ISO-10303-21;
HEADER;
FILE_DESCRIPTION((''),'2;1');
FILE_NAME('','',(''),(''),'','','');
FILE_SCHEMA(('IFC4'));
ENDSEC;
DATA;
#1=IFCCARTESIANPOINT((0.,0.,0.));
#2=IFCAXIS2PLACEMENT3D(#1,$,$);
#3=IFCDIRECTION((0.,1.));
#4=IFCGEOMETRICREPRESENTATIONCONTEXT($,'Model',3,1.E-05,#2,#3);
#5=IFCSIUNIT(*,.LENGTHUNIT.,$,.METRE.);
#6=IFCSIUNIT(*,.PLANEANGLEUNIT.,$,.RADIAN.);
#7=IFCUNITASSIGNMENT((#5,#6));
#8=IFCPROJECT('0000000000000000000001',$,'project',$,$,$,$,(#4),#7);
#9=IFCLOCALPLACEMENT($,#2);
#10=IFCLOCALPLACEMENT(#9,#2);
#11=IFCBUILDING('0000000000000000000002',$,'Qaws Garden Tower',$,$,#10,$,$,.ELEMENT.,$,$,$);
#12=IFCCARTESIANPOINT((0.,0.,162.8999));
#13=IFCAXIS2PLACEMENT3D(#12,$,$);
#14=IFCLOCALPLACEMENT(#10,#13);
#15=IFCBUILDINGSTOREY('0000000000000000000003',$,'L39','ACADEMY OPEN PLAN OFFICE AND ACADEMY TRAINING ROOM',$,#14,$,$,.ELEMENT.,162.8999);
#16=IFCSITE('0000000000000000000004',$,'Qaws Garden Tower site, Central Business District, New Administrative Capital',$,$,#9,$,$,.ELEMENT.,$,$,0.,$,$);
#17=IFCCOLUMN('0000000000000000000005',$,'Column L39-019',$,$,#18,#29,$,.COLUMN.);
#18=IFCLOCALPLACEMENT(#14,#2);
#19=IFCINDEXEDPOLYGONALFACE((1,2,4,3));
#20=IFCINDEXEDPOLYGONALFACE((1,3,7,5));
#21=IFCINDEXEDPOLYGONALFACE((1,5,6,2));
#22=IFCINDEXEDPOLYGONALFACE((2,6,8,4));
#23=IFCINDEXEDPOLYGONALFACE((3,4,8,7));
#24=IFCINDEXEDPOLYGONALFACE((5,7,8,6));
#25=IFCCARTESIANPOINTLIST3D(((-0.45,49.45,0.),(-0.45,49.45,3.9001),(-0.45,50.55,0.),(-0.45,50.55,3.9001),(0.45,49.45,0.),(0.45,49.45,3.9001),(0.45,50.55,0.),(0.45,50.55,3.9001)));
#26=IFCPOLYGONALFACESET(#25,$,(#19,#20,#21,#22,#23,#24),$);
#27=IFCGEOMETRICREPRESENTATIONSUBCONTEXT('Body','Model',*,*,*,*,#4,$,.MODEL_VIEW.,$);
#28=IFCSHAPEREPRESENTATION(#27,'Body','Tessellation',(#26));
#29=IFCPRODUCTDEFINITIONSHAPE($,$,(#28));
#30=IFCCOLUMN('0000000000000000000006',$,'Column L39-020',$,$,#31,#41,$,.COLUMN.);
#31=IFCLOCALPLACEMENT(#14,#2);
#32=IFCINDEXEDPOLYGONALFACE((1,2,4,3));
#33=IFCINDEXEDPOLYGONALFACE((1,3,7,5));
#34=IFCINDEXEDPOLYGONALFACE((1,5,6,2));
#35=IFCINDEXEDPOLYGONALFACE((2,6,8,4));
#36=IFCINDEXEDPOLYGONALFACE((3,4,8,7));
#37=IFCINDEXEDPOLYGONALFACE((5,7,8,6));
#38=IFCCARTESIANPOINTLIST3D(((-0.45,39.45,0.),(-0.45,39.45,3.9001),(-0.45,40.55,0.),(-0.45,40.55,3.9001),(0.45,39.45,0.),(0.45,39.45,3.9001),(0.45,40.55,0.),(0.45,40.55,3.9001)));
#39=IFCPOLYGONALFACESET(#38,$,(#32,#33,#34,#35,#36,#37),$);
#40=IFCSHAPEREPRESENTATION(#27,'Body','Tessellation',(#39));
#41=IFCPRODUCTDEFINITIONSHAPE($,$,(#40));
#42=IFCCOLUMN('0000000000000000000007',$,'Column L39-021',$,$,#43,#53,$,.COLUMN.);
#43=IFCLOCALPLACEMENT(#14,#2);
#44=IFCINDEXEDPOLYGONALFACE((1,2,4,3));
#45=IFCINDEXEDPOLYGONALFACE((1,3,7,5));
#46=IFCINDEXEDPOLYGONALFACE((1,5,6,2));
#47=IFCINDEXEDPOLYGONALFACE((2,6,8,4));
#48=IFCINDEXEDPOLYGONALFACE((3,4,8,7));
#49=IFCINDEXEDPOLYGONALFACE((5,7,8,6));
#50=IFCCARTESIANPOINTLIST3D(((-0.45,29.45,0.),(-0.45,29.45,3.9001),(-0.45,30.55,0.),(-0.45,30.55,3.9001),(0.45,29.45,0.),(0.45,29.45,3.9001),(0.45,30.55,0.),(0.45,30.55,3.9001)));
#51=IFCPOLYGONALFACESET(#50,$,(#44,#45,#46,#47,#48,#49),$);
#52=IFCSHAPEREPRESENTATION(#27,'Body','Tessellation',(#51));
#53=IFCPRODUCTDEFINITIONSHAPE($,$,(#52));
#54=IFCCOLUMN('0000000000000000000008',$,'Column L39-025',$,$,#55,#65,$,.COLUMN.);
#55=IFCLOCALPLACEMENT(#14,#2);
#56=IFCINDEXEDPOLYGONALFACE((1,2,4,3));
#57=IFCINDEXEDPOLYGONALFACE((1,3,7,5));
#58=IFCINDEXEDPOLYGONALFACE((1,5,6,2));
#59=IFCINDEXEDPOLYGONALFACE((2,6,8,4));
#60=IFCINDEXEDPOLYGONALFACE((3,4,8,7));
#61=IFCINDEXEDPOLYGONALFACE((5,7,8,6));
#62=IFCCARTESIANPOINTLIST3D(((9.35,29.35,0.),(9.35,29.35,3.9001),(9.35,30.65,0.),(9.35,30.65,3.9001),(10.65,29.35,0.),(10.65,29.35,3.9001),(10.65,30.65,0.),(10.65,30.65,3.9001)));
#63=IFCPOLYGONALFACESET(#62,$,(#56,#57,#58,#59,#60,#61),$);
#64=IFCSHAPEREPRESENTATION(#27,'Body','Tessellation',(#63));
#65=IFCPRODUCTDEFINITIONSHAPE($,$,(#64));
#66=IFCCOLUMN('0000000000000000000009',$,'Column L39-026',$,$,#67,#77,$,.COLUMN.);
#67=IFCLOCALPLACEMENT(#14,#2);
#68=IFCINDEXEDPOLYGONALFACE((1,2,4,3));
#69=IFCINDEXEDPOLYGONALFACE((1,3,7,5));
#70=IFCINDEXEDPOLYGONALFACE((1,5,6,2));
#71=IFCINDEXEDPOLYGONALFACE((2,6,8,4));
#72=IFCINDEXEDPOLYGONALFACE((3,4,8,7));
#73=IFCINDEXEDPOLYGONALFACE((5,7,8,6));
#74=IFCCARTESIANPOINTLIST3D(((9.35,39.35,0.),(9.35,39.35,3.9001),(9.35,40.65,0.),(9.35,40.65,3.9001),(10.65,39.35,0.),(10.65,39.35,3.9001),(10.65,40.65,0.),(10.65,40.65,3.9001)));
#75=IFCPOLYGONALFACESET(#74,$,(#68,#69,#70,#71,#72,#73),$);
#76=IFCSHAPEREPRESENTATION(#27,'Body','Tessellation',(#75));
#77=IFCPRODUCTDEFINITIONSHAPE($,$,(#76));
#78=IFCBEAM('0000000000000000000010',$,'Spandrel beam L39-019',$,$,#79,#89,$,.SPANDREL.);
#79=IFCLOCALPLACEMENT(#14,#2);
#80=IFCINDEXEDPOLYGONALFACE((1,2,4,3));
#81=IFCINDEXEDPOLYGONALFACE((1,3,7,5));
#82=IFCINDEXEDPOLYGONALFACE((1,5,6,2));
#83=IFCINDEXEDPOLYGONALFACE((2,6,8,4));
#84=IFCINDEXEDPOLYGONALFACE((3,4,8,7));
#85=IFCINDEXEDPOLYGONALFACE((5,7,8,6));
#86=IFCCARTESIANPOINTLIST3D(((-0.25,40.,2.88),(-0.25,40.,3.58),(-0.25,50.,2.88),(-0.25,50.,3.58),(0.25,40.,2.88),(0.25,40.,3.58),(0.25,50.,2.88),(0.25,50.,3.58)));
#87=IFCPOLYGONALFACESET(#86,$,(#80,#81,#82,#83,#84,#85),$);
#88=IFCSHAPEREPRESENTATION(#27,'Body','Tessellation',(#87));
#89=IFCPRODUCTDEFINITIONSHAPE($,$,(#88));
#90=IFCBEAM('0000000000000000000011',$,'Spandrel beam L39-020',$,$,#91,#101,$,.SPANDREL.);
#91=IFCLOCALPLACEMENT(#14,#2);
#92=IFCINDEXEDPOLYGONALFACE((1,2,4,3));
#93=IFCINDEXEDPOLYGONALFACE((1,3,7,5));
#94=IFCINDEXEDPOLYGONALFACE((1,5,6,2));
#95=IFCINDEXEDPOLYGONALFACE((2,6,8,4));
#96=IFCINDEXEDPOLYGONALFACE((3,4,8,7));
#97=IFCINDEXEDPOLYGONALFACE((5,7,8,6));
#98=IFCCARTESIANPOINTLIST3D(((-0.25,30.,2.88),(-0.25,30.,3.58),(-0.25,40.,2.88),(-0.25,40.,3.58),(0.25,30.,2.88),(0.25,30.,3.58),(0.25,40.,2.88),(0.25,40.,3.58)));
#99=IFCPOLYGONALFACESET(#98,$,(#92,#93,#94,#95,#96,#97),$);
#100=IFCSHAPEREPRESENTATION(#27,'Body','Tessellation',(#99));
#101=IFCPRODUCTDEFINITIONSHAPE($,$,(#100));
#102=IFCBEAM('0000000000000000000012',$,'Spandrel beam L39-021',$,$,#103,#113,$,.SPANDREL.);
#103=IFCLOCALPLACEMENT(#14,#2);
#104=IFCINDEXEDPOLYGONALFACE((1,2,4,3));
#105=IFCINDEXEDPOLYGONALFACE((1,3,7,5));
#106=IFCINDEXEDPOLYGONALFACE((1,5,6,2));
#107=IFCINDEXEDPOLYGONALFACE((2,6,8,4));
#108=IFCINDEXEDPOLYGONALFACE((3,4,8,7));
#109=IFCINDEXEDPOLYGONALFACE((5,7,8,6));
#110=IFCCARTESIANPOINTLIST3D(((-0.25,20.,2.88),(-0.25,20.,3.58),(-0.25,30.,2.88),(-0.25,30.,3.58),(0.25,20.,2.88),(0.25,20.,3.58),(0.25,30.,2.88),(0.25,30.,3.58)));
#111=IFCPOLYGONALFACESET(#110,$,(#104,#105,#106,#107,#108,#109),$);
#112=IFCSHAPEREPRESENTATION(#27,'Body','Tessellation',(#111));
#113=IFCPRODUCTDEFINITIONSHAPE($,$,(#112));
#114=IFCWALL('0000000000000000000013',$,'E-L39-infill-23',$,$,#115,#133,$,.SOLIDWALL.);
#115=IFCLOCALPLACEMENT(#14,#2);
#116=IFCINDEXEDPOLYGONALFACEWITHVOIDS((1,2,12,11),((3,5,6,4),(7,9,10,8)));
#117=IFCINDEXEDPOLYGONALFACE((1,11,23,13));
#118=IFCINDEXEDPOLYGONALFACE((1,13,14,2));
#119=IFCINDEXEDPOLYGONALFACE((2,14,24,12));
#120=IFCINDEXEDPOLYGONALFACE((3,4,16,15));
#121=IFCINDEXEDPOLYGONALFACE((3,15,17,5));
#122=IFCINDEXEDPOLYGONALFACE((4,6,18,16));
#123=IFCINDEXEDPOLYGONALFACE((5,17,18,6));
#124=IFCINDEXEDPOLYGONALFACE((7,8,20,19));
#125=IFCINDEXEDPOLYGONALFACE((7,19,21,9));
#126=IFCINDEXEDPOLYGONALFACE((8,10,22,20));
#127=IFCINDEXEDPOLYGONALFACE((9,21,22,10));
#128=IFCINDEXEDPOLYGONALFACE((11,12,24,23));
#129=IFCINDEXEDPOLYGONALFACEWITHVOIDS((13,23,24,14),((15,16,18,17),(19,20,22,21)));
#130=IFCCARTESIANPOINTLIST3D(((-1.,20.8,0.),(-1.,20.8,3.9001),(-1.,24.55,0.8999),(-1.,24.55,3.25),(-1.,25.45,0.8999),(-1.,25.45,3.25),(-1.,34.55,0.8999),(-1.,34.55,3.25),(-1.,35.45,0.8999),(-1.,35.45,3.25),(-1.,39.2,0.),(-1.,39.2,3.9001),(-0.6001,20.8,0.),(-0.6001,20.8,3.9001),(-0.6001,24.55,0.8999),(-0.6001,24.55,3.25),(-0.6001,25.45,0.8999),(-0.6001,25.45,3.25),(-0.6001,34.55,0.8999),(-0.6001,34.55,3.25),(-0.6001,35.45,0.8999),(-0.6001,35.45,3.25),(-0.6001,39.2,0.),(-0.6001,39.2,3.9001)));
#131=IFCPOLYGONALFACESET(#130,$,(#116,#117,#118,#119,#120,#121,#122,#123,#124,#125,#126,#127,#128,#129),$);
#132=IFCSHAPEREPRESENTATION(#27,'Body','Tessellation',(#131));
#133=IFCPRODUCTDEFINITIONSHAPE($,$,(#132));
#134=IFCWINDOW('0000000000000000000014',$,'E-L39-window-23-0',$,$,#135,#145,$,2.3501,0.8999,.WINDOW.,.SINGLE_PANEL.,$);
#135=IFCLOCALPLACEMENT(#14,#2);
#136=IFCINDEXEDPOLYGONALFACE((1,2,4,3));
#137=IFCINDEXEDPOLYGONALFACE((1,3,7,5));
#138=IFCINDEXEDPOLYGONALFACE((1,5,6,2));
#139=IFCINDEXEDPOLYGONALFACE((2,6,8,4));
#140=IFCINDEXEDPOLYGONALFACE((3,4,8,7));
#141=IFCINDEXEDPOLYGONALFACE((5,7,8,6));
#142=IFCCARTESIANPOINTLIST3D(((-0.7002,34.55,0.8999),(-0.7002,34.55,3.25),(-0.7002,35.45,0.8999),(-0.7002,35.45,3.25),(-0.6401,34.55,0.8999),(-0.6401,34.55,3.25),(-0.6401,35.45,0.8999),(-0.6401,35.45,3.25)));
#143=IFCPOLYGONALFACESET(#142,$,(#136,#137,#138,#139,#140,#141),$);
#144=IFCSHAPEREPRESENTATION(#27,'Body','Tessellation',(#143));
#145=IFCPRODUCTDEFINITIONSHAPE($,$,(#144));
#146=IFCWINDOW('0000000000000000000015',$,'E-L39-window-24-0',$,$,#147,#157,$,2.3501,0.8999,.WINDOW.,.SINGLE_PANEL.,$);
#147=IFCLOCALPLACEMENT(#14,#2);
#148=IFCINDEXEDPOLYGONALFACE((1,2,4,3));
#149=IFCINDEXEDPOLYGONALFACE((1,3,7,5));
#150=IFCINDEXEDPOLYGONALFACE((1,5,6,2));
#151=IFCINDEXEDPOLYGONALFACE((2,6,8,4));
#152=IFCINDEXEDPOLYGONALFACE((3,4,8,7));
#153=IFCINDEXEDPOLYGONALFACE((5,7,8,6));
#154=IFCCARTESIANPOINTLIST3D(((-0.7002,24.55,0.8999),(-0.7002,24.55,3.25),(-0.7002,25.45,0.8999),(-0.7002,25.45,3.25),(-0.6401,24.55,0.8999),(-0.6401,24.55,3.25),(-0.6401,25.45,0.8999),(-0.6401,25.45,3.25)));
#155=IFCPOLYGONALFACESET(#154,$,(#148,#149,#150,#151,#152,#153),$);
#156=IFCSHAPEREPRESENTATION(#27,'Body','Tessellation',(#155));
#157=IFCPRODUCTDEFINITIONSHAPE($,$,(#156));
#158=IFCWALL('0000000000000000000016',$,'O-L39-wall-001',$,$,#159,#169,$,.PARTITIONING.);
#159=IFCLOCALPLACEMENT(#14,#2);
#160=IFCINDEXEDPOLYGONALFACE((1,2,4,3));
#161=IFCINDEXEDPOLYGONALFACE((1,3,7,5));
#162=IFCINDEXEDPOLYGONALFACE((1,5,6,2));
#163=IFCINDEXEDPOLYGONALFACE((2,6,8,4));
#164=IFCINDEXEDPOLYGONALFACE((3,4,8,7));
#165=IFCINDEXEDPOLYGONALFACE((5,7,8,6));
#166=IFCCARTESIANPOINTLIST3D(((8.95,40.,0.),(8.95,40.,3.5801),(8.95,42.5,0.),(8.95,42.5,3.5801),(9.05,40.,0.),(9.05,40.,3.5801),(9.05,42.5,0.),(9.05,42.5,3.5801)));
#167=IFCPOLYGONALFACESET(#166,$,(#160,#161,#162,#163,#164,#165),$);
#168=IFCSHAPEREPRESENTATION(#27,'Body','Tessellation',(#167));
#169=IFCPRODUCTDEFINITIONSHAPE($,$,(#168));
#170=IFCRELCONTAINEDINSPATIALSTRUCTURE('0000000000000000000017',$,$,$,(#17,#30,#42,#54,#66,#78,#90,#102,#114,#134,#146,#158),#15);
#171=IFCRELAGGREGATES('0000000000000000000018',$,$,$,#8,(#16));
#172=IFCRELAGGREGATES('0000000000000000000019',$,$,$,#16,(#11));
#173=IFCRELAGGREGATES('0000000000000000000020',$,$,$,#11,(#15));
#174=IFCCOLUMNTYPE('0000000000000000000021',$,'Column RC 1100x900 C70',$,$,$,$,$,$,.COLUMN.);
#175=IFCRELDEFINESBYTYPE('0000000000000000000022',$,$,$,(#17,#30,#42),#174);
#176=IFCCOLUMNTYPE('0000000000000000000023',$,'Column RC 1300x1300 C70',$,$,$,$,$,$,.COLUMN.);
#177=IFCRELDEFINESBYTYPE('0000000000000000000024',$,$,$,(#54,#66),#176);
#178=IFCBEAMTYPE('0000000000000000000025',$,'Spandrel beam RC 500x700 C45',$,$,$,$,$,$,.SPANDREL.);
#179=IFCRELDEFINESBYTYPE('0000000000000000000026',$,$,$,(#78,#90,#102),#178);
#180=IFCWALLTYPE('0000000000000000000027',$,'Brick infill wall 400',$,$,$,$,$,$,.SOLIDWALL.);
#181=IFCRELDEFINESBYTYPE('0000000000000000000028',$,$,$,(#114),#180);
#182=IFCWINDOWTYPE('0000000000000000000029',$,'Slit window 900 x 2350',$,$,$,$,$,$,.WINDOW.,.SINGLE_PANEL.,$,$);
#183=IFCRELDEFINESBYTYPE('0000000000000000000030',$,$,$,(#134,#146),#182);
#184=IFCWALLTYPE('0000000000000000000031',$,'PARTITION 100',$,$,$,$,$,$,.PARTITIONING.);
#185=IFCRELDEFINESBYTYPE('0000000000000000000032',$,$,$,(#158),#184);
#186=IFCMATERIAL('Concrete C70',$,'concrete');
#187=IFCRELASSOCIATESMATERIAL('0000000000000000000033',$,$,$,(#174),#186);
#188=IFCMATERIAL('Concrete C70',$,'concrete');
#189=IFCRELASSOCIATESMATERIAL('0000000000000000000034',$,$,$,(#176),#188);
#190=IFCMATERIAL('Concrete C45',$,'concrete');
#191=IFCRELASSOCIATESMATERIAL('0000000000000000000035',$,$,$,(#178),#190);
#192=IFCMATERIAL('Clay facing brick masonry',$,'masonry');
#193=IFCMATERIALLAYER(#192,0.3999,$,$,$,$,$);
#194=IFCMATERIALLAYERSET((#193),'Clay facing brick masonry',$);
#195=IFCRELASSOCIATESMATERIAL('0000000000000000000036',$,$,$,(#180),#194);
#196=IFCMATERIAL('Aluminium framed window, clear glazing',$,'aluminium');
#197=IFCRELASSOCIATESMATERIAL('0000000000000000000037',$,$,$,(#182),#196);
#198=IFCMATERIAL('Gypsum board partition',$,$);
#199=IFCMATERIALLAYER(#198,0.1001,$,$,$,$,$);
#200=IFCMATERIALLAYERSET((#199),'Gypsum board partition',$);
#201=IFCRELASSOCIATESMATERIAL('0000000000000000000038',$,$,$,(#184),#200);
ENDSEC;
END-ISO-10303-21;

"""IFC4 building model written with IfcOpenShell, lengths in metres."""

from ifc_helpers import new_model, si_unit, direction, frame, frame_2d, origin, origin_2d, place, context, subcontext, project, spatial, rectangle, extrude, material, layer, layer_set, material_profile, profile_set, type_object, element, fill, save


model = new_model("IFC4")

# Units and contexts
model_context = context("Model", 3, precision=1e-05, world=origin(), true_north=direction((0.0, 1.0)))
body_context = subcontext(model_context, "Body", "Model", "MODEL_VIEW")
ifc_project = project(units=[si_unit("LENGTHUNIT", "METRE"), si_unit("PLANEANGLEUNIT", "RADIAN")], contexts=[model_context])

# Site, building, storey
site_placement = place(None, origin())
site = spatial("IfcSite", under=ifc_project, at=site_placement, Name="Qaws Garden Tower site, Central Business District, New Administrative Capital", CompositionType="ELEMENT", RefElevation=0.0)
building_placement = place(site_placement, origin())
building = spatial("IfcBuilding", under=site, at=building_placement, Name="Qaws Garden Tower", CompositionType="ELEMENT")
storey_placement = place(building_placement, frame((0.0, 0.0, 162.8999)))
storey = spatial("IfcBuildingStorey", under=building, at=storey_placement, Name="L39", Description="ACADEMY OPEN PLAN OFFICE AND ACADEMY TRAINING ROOM", CompositionType="ELEMENT", Elevation=162.8999)

# Columns
ifc_material_1 = material(Name="Concrete C70", Category="concrete")
ifc_material_profile_1 = material_profile(ifc_material_1, rectangle(XDim=1.1001, YDim=0.8999, at=origin_2d()), Name="RC 1100x900")
ifc_profile_set_1 = profile_set([ifc_material_profile_1], Name="Concrete C70")
column_type_1 = type_object("IfcColumnType", Name="Column RC 1100x900 C70", PredefinedType="COLUMN", material=ifc_profile_set_1)
for number, where, z_axis, x_axis, name in (
    (1, (0.0, 50.0, 0.0), (0.0, 0.0, 1.0), (0.0, 1.0, 0.0), "Column L39-019"),
    (2, (0.0, 40.0, 0.0), (0.0, 0.0, 1.0), (0.0, 1.0, 0.0), "Column L39-020"),
    (3, (0.0, 30.0, 0.0), (0.0, 0.0, 1.0), (0.0, 1.0, 0.0), "Column L39-021"),
):
    element("IfcColumn", number, at=place(storey_placement, frame(where, z_axis=z_axis, x_axis=x_axis)), inside=storey, type_object=column_type_1, Name=name, PredefinedType="COLUMN", context=body_context, shape_type="SweptSolid", body=[
        extrude(rectangle(XDim=1.1001, YDim=0.8999, at=origin_2d()), origin(), (0.0, 0.0, 1.0), 3.9001),
    ])
ifc_material_2 = material(Name="Concrete C70", Category="concrete")
ifc_material_profile_2 = material_profile(ifc_material_2, rectangle(XDim=1.3, YDim=1.3, at=origin_2d()), Name="RC 1300x1300")
ifc_profile_set_2 = profile_set([ifc_material_profile_2], Name="Concrete C70")
column_type_2 = type_object("IfcColumnType", Name="Column RC 1300x1300 C70", PredefinedType="COLUMN", material=ifc_profile_set_2)
for number, where, z_axis, x_axis, name in (
    (4, (10.0, 30.0, 0.0), (0.0, 0.0, 1.0), (1.0, 0.0, 0.0), "Column L39-025"),
    (5, (10.0, 40.0, 0.0), (0.0, 0.0, 1.0), (1.0, 0.0, 0.0), "Column L39-026"),
):
    element("IfcColumn", number, at=place(storey_placement, frame(where, z_axis=z_axis, x_axis=x_axis)), inside=storey, type_object=column_type_2, Name=name, PredefinedType="COLUMN", context=body_context, shape_type="SweptSolid", body=[
        extrude(rectangle(XDim=1.3, YDim=1.3, at=origin_2d()), origin(), (0.0, 0.0, 1.0), 3.9001),
    ])

# Beams
ifc_material_3 = material(Name="Concrete C45", Category="concrete")
ifc_material_profile_3 = material_profile(ifc_material_3, rectangle(XDim=0.5, YDim=0.7, at=origin_2d()), Name="RC 500x700")
ifc_profile_set_3 = profile_set([ifc_material_profile_3], Name="Concrete C45")
beam_type = type_object("IfcBeamType", Name="Spandrel beam RC 500x700 C45", PredefinedType="SPANDREL", material=ifc_profile_set_3)
for number, where, z_axis, x_axis, name in (
    (6, (0.0, 50.0, 3.23), (0.0, -1.0, 0.0), (1.0, 0.0, 0.0), "Spandrel beam L39-019"),
    (7, (0.0, 40.0, 3.23), (0.0, -1.0, 0.0), (1.0, 0.0, 0.0), "Spandrel beam L39-020"),
    (8, (0.0, 30.0, 3.23), (0.0, -1.0, 0.0), (1.0, 0.0, 0.0), "Spandrel beam L39-021"),
):
    element("IfcBeam", number, at=place(storey_placement, frame(where, z_axis=z_axis, x_axis=x_axis)), inside=storey, type_object=beam_type, Name=name, PredefinedType="SPANDREL", context=body_context, shape_type="SweptSolid", body=[
        extrude(rectangle(XDim=0.5, YDim=0.7, at=origin_2d()), origin(), (0.0, 0.0, 1.0), 10.0),
    ])

# Wall, openings, windows
ifc_material_4 = material(Name="Clay facing brick masonry", Category="masonry")
ifc_layer_1 = layer(ifc_material_4, 0.3999)
ifc_layer_set_1 = layer_set([ifc_layer_1], Name="Clay facing brick masonry")
wall_type_1 = type_object("IfcWallType", Name="Brick infill wall 400", PredefinedType="SOLIDWALL", material=ifc_layer_set_1)
wall_1_placement = place(storey_placement, frame((-0.8, 39.2, 0.0), z_axis=(0.0, 0.0, 1.0), x_axis=(0.0, -1.0, 0.0)))
wall_1 = element("IfcWall", 9, at=wall_1_placement, inside=storey, type_object=wall_type_1, Name="E-L39-infill-23", PredefinedType="SOLIDWALL", context=body_context, shape_type="SweptSolid", body=[
    extrude(rectangle(XDim=18.3999, YDim=0.3999, at=frame_2d((9.2, 0.0))), origin(), (0.0, 0.0, 1.0), 3.9001),
])
opening_1_placement = place(wall_1_placement, frame((3.75, 0.0, 0.8999)))
opening_1 = element("IfcOpeningElement", 10, at=opening_1_placement, cuts=wall_1, PredefinedType="OPENING", context=body_context, shape_type="SweptSolid", body=[
    extrude(rectangle(XDim=0.8999, YDim=2.3501, at=frame_2d((0.45, 1.175))), frame((0.0, 0.21, 0.0), z_axis=(0.0, -1.0, 0.0), x_axis=(1.0, 0.0, 0.0)), (0.0, 0.0, 1.0), 0.4199),
])
opening_2_placement = place(wall_1_placement, frame((13.75, 0.0, 0.8999)))
opening_2 = element("IfcOpeningElement", 11, at=opening_2_placement, cuts=wall_1, PredefinedType="OPENING", context=body_context, shape_type="SweptSolid", body=[
    extrude(rectangle(XDim=0.8999, YDim=2.3501, at=frame_2d((0.45, 1.175))), frame((0.0, 0.21, 0.0), z_axis=(0.0, -1.0, 0.0), x_axis=(1.0, 0.0, 0.0)), (0.0, 0.0, 1.0), 0.4199),
])
ifc_material_5 = material(Name="Aluminium framed window, clear glazing", Category="aluminium")
window_type = type_object("IfcWindowType", Name="Slit window 900 x 2350", PartitioningType="SINGLE_PANEL", PredefinedType="WINDOW", material=ifc_material_5)
window_1_placement = place(opening_1_placement, origin())
window_1 = element("IfcWindow", 12, at=window_1_placement, inside=storey, type_object=window_type, Name="E-L39-window-23-0", OverallHeight=2.3501, OverallWidth=0.8999, PartitioningType="SINGLE_PANEL", PredefinedType="WINDOW", context=body_context, shape_type="SweptSolid", body=[
    extrude(rectangle(XDim=0.8999, YDim=2.3501, at=frame_2d((0.45, 1.175))), frame((0.0, 0.1599, 0.0), z_axis=(0.0, -1.0, 0.0), x_axis=(1.0, 0.0, 0.0)), (0.0, 0.0, 1.0), 0.0601),
])
fill(opening_1, window_1)
window_2_placement = place(opening_2_placement, origin())
window_2 = element("IfcWindow", 13, at=window_2_placement, inside=storey, type_object=window_type, Name="E-L39-window-24-0", OverallHeight=2.3501, OverallWidth=0.8999, PartitioningType="SINGLE_PANEL", PredefinedType="WINDOW", context=body_context, shape_type="SweptSolid", body=[
    extrude(rectangle(XDim=0.8999, YDim=2.3501, at=frame_2d((0.45, 1.175))), frame((0.0, 0.1599, 0.0), z_axis=(0.0, -1.0, 0.0), x_axis=(1.0, 0.0, 0.0)), (0.0, 0.0, 1.0), 0.0601),
])
fill(opening_2, window_2)

# Wall
ifc_material_6 = material(Name="Gypsum board partition")
ifc_layer_2 = layer(ifc_material_6, 0.1001)
ifc_layer_set_2 = layer_set([ifc_layer_2], Name="Gypsum board partition")
wall_type_2 = type_object("IfcWallType", Name="PARTITION 100", PredefinedType="PARTITIONING", material=ifc_layer_set_2)
wall_2_placement = place(storey_placement, frame((9.0, 40.0, 0.0), z_axis=(0.0, 0.0, 1.0), x_axis=(0.0, 1.0, 0.0)))
element("IfcWall", 14, at=wall_2_placement, inside=storey, type_object=wall_type_2, Name="O-L39-wall-001", PredefinedType="PARTITIONING", context=body_context, shape_type="SweptSolid", body=[
    extrude(rectangle(XDim=2.5, YDim=0.1001, at=frame_2d((1.25, 0.0))), origin(), (0.0, 0.0, 1.0), 3.5801),
])

save(model, "model.ifc")
